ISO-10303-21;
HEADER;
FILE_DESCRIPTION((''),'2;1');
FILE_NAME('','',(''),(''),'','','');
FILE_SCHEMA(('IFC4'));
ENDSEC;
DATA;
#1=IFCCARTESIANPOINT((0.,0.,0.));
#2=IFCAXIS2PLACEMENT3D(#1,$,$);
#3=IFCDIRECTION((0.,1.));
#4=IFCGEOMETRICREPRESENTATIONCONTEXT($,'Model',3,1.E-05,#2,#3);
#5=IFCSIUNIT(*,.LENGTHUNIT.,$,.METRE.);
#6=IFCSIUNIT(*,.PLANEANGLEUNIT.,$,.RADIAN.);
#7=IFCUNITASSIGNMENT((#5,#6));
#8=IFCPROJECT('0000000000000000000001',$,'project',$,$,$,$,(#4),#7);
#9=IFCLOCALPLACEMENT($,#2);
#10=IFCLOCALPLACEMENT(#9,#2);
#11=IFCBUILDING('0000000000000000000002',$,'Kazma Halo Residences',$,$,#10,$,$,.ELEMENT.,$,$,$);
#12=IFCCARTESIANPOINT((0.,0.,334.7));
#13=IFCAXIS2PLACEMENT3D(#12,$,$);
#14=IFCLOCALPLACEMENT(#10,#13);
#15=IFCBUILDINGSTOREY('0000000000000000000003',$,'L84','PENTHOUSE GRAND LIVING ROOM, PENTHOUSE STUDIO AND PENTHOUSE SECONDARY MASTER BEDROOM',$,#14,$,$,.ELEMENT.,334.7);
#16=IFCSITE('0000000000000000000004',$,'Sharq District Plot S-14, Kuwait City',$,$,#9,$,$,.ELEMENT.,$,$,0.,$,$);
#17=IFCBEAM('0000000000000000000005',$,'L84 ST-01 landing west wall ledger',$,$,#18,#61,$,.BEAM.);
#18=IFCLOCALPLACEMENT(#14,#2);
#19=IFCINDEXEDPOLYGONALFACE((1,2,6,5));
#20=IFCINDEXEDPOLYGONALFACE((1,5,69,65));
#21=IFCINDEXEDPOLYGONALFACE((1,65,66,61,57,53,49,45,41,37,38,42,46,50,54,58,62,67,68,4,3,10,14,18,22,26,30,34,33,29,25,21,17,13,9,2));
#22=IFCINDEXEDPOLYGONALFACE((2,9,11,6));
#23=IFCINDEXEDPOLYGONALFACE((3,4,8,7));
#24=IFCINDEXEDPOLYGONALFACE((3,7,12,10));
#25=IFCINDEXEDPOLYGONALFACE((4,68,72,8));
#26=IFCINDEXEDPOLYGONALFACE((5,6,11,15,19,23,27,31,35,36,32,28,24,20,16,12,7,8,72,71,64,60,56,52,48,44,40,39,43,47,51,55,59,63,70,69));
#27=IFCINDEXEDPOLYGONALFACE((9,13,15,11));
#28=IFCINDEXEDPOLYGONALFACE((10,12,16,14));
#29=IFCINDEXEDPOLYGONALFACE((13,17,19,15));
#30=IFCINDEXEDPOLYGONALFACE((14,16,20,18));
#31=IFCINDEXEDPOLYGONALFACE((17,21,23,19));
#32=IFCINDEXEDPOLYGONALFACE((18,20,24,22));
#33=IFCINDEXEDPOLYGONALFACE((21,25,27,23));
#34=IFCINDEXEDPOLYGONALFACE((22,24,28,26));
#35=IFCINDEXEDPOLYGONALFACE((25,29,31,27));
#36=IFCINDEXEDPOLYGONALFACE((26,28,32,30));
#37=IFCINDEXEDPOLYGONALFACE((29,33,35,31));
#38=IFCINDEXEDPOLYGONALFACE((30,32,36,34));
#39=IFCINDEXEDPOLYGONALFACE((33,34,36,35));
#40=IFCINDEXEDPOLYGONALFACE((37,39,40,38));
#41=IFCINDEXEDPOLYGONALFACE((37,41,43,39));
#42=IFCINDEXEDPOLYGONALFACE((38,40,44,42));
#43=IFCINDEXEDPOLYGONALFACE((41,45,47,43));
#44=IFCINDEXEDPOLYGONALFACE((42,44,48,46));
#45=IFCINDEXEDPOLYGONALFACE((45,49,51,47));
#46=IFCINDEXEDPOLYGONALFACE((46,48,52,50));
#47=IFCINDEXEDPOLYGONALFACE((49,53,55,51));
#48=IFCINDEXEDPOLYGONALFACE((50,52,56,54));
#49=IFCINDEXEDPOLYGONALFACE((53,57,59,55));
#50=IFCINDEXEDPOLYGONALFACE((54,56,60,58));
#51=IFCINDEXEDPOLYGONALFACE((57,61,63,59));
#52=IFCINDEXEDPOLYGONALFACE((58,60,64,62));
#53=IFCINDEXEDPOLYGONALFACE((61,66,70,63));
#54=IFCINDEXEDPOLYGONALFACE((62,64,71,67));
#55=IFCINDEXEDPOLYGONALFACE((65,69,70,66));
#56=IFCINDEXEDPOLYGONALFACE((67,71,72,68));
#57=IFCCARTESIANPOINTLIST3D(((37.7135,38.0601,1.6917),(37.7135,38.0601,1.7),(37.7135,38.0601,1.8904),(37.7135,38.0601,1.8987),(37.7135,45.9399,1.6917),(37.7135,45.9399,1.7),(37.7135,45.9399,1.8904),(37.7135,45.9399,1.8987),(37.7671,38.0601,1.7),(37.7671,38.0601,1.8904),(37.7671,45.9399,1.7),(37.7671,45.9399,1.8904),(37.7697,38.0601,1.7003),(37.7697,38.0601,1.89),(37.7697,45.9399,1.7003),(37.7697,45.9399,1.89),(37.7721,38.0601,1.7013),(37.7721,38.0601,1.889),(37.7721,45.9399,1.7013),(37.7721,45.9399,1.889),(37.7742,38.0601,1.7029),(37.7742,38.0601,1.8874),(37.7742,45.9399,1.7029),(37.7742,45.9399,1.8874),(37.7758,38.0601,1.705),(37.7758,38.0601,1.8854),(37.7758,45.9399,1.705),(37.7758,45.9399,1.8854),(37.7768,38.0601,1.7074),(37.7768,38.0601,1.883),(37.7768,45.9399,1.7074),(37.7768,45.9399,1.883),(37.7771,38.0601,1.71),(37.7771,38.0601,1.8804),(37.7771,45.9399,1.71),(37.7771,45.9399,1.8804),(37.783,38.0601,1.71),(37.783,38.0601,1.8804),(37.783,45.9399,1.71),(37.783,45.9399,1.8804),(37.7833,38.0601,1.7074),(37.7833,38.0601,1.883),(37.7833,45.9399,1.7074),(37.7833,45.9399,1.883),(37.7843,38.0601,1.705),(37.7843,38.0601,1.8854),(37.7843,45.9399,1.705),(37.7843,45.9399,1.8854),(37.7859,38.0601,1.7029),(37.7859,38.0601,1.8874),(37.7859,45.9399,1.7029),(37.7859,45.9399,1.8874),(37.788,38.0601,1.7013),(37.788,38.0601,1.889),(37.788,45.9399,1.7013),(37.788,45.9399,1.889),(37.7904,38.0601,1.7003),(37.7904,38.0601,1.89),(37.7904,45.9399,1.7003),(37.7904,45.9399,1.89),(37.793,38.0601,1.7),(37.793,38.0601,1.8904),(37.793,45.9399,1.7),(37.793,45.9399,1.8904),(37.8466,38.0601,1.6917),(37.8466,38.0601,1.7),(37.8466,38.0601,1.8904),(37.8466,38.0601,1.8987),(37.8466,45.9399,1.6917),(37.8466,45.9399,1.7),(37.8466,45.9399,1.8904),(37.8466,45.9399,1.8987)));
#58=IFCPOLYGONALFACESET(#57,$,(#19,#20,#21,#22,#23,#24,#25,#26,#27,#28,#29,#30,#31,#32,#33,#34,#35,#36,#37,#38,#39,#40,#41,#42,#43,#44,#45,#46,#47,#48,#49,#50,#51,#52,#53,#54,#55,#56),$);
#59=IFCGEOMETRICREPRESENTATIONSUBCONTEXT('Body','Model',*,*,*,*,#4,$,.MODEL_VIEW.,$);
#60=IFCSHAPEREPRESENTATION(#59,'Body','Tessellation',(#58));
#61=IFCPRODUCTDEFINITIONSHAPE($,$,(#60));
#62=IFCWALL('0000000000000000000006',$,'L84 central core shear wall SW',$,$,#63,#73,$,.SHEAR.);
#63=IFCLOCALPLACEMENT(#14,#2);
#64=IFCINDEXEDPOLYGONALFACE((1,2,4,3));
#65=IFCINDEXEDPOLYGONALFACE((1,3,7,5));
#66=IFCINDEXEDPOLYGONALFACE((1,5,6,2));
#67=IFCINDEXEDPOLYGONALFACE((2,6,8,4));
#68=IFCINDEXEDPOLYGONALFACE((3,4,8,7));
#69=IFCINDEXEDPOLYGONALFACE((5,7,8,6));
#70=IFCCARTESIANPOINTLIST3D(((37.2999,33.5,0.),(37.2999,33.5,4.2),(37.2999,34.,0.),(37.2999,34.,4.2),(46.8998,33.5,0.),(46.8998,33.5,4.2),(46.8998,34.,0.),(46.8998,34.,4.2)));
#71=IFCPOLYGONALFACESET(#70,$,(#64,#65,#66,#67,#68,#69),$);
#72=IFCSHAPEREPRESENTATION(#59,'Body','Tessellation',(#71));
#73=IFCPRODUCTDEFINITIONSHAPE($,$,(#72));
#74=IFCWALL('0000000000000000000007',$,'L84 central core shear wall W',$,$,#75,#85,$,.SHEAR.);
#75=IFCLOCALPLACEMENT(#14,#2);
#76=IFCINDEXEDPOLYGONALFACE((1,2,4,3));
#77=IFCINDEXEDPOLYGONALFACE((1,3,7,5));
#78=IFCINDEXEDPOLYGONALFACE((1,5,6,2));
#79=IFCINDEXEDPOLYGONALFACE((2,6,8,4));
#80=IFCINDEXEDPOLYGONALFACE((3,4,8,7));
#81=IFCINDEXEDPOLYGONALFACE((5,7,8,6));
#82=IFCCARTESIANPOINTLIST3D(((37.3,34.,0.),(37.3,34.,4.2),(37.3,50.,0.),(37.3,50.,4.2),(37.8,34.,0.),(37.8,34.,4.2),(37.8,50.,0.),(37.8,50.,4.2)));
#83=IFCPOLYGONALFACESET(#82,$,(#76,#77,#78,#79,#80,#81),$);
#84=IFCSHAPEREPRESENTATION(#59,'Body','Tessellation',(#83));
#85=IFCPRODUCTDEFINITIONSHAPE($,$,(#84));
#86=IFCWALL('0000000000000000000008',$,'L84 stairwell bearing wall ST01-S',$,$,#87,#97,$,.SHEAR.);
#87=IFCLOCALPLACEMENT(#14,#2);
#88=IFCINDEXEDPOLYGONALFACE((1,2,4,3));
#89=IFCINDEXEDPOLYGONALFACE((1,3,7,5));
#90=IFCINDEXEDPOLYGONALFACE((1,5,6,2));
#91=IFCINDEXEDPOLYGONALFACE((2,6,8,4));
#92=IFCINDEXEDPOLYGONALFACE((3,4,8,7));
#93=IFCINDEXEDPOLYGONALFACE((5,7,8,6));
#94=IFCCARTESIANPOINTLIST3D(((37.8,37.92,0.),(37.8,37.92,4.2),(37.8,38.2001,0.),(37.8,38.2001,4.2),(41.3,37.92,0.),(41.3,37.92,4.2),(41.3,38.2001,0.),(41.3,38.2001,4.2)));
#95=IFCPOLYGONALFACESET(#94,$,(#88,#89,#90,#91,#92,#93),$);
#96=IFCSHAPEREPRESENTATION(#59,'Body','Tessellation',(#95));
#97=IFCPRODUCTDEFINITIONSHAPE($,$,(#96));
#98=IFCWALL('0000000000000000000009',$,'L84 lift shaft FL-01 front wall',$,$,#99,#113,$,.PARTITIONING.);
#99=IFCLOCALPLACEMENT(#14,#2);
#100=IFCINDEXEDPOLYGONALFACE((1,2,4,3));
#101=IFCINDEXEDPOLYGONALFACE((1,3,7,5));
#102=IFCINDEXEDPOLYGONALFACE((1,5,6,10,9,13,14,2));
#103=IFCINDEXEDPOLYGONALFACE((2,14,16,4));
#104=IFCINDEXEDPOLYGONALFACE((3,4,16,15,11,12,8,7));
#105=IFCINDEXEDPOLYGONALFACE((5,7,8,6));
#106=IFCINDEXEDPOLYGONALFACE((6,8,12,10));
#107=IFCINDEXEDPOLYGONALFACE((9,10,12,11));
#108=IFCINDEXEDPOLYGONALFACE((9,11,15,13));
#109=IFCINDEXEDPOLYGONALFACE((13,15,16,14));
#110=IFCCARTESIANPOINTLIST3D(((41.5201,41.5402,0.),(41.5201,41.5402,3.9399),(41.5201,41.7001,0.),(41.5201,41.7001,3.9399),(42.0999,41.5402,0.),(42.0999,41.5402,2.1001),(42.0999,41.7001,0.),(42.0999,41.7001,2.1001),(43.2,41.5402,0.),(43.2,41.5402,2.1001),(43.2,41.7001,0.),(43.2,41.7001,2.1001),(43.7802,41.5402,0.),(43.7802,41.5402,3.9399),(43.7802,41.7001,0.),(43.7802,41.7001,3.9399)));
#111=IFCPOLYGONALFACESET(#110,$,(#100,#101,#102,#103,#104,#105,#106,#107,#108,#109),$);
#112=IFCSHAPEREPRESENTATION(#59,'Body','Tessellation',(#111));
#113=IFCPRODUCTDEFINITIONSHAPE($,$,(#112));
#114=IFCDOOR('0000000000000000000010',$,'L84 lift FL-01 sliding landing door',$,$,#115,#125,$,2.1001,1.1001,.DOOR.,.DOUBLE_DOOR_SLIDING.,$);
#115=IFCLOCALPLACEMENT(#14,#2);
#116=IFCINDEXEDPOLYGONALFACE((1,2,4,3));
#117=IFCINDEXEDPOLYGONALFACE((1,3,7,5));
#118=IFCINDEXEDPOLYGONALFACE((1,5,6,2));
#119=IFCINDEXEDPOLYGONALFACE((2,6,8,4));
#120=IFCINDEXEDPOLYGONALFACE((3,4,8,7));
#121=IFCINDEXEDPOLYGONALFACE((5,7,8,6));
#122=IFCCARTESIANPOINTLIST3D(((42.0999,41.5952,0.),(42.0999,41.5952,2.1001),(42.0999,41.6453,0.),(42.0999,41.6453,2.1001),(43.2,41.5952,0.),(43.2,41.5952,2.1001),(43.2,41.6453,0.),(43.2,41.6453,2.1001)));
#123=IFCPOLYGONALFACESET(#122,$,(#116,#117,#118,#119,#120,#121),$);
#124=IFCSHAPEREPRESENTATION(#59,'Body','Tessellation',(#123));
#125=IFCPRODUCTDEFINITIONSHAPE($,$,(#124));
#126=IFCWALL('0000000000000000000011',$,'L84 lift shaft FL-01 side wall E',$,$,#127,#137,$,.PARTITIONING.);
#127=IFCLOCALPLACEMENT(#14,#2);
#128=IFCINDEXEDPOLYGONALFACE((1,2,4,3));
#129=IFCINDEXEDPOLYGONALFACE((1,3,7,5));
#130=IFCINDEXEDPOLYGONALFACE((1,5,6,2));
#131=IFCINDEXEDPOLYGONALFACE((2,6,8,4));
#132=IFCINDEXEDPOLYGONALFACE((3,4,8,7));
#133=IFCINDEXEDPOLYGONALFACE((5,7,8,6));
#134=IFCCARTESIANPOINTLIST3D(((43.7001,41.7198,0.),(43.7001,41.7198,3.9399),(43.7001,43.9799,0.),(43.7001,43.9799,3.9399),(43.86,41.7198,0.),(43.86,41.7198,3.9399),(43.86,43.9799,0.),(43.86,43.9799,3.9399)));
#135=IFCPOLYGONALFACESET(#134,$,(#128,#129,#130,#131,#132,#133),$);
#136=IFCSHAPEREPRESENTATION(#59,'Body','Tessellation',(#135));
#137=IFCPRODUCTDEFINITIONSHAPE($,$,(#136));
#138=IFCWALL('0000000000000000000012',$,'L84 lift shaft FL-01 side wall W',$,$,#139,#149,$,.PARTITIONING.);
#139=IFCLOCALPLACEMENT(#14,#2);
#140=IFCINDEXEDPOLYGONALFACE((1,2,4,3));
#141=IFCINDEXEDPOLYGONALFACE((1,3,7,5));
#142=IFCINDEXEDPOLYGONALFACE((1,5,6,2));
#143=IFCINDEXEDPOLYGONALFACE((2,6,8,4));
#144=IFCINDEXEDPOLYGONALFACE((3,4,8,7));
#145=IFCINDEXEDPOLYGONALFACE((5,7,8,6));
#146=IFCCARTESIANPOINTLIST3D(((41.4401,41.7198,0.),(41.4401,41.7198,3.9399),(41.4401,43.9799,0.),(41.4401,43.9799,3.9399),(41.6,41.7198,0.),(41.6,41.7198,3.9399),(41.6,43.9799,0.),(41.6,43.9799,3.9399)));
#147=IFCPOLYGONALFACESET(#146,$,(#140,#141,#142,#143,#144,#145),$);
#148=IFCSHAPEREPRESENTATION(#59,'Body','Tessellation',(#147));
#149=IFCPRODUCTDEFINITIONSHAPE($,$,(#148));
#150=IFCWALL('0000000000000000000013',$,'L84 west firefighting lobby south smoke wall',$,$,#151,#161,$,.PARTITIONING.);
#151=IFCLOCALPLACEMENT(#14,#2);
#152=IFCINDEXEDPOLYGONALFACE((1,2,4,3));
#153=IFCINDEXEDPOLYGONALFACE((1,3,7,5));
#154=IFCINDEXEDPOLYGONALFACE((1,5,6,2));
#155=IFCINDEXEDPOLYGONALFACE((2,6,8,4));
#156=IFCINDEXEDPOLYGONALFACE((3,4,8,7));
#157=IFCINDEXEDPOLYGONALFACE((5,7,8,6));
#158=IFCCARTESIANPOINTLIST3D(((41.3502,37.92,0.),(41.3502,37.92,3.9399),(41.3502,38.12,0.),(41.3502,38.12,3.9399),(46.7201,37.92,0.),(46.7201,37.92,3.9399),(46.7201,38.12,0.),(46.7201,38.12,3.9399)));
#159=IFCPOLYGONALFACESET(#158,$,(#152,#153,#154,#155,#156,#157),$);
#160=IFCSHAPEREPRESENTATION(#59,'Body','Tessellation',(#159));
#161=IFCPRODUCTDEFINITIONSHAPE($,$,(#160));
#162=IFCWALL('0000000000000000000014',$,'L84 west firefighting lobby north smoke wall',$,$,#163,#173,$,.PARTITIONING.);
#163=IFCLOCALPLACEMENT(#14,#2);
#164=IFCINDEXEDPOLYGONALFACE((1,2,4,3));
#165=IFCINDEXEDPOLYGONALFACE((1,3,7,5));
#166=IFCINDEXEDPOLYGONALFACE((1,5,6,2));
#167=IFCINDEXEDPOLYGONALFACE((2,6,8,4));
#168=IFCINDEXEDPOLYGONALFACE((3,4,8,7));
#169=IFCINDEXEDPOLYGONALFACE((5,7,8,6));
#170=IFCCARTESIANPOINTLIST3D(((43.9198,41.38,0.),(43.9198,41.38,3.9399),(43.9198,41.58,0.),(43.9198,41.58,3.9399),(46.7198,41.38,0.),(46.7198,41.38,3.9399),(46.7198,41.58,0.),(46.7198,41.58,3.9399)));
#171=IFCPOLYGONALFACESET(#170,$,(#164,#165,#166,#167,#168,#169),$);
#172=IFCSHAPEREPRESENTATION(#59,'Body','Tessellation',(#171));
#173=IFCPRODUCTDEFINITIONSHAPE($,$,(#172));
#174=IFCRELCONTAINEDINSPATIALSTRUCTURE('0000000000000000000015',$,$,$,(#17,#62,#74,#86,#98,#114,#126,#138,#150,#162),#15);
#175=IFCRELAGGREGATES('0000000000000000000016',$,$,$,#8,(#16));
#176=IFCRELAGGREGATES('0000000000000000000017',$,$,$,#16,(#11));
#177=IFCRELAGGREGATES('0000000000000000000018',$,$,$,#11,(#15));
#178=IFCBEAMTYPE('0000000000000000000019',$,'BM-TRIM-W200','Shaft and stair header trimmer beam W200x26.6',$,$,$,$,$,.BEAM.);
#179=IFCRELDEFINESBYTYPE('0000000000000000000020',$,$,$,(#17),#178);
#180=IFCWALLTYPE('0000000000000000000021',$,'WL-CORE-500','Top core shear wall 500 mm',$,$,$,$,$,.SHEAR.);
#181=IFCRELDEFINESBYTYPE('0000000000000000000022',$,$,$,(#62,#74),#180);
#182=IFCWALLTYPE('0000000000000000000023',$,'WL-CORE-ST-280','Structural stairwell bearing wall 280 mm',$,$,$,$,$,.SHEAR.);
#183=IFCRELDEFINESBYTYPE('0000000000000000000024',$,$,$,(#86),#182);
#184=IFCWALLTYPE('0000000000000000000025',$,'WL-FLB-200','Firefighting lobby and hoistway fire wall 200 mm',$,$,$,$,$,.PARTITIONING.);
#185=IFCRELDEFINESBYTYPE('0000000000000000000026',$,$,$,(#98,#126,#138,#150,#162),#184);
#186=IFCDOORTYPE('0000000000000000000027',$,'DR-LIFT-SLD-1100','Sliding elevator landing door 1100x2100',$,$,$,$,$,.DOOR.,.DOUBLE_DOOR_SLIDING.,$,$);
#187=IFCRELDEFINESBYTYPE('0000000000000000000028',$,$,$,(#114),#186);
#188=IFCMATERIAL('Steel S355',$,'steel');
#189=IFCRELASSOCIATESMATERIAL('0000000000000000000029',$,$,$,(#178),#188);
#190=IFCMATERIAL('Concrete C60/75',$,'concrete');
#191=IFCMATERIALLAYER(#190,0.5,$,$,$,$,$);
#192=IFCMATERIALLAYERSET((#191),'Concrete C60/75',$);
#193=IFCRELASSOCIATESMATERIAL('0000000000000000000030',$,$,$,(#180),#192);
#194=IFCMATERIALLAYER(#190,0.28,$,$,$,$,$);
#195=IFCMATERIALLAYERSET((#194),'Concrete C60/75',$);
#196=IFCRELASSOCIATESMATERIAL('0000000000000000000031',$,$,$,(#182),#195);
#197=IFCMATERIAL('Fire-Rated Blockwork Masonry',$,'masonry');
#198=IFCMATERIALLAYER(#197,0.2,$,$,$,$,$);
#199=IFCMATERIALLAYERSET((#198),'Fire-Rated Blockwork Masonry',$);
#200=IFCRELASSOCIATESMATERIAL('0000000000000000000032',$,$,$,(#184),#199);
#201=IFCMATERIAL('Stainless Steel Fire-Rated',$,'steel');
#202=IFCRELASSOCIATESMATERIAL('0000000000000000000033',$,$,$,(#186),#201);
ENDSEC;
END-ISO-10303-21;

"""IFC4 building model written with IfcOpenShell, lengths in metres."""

from ifc_helpers import new_model, si_unit, direction, frame, frame_2d, origin, origin_2d, place, context, subcontext, project, spatial, rectangle, i_section, extrude, material, layer, layer_set, material_profile, profile_set, type_object, element, fill, save


model = new_model("IFC4")

# Units and contexts
model_context = context("Model", 3, precision=1e-05, world=origin(), true_north=direction((0.0, 1.0)))
body_context = subcontext(model_context, "Body", "Model", "MODEL_VIEW")
ifc_project = project(units=[si_unit("LENGTHUNIT", "METRE"), si_unit("PLANEANGLEUNIT", "RADIAN")], contexts=[model_context])

# Site, building, storey
site_placement = place(None, origin())
site = spatial("IfcSite", under=ifc_project, at=site_placement, Name="Sharq District Plot S-14, Kuwait City", CompositionType="ELEMENT", RefElevation=0.0)
building_placement = place(site_placement, origin())
building = spatial("IfcBuilding", under=site, at=building_placement, Name="Kazma Halo Residences", CompositionType="ELEMENT")
storey_placement = place(building_placement, frame((0.0, 0.0, 334.7)))
storey = spatial("IfcBuildingStorey", under=building, at=storey_placement, Name="L84", Description="PENTHOUSE GRAND LIVING ROOM, PENTHOUSE STUDIO AND PENTHOUSE SECONDARY MASTER BEDROOM", CompositionType="ELEMENT", Elevation=334.7)

# Beam
ifc_material_1 = material(Name="Steel S355", Category="steel")
ifc_material_profile_1 = material_profile(ifc_material_1, i_section(OverallWidth=0.1331, OverallDepth=0.207, WebThickness=0.0059, FlangeThickness=0.0083, FilletRadius=0.01, at=origin_2d()), Name="W200x26.6")
ifc_profile_set_1 = profile_set([ifc_material_profile_1], Name="Steel S355")
beam_type_1 = type_object("IfcBeamType", Name="BM-TRIM-W200", Description="Shaft and stair header trimmer beam W200x26.6", PredefinedType="BEAM", material=ifc_profile_set_1)
beam_1_placement = place(storey_placement, frame((37.78, 38.0601, 1.7952), z_axis=(0.0, 1.0, 0.0), x_axis=(-1.0, 0.0, 0.0)))
element("IfcBeam", 1, at=beam_1_placement, inside=storey, type_object=beam_type_1, Name="L84 ST-01 landing west wall ledger", PredefinedType="BEAM", context=body_context, shape_type="SweptSolid", body=[
    extrude(i_section(OverallWidth=0.1331, OverallDepth=0.207, WebThickness=0.0059, FlangeThickness=0.0083, FilletRadius=0.01, at=origin_2d()), origin(), (0.0, 0.0, 1.0), 7.8799),
])

# Walls
ifc_material_2 = material(Name="Concrete C60/75", Category="concrete")
ifc_layer_1 = layer(ifc_material_2, 0.5)
ifc_layer_set_1 = layer_set([ifc_layer_1], Name="Concrete C60/75")
wall_type_1 = type_object("IfcWallType", Name="WL-CORE-500", Description="Top core shear wall 500 mm", PredefinedType="SHEAR", material=ifc_layer_set_1)
wall_1_placement = place(storey_placement, frame((37.3, 33.75, 0.0), z_axis=(0.0, 0.0, 1.0), x_axis=(1.0, 0.0, 0.0)))
element("IfcWall", 2, at=wall_1_placement, inside=storey, type_object=wall_type_1, Name="L84 central core shear wall SW", PredefinedType="SHEAR", context=body_context, shape_type="SweptSolid", body=[
    extrude(rectangle(XDim=9.5999, YDim=0.5, at=frame_2d((4.7998, 0.0))), origin(), (0.0, 0.0, 1.0), 4.2),
])
wall_2_placement = place(storey_placement, frame((37.55, 34.0, 0.0), z_axis=(0.0, 0.0, 1.0), x_axis=(0.0, 1.0, 0.0)))
element("IfcWall", 3, at=wall_2_placement, inside=storey, type_object=wall_type_1, Name="L84 central core shear wall W", PredefinedType="SHEAR", context=body_context, shape_type="SweptSolid", body=[
    extrude(rectangle(XDim=16.0, YDim=0.5, at=frame_2d((8.0, 0.0))), origin(), (0.0, 0.0, 1.0), 4.2),
])
ifc_layer_2 = layer(ifc_material_2, 0.28)
ifc_layer_set_2 = layer_set([ifc_layer_2], Name="Concrete C60/75")
wall_type_2 = type_object("IfcWallType", Name="WL-CORE-ST-280", Description="Structural stairwell bearing wall 280 mm", PredefinedType="SHEAR", material=ifc_layer_set_2)
wall_3_placement = place(storey_placement, frame((37.8, 38.0601, 0.0), z_axis=(0.0, 0.0, 1.0), x_axis=(1.0, 0.0, 0.0)))
element("IfcWall", 4, at=wall_3_placement, inside=storey, type_object=wall_type_2, Name="L84 stairwell bearing wall ST01-S", PredefinedType="SHEAR", context=body_context, shape_type="SweptSolid", body=[
    extrude(rectangle(XDim=3.5, YDim=0.28, at=frame_2d((1.75, 0.0))), origin(), (0.0, 0.0, 1.0), 4.2),
])

# Wall, opening, door
ifc_material_3 = material(Name="Fire-Rated Blockwork Masonry", Category="masonry")
ifc_layer_3 = layer(ifc_material_3, 0.2)
ifc_layer_set_3 = layer_set([ifc_layer_3], Name="Fire-Rated Blockwork Masonry")
wall_type_3 = type_object("IfcWallType", Name="WL-FLB-200", Description="Firefighting lobby and hoistway fire wall 200 mm", PredefinedType="PARTITIONING", material=ifc_layer_set_3)
wall_4_placement = place(storey_placement, frame((43.78, 41.6201, 0.0), z_axis=(0.0, 0.0, 1.0), x_axis=(-1.0, 0.0, 0.0)))
wall_4 = element("IfcWall", 5, at=wall_4_placement, inside=storey, type_object=wall_type_3, Name="L84 lift shaft FL-01 front wall", PredefinedType="PARTITIONING", context=body_context, shape_type="SweptSolid", body=[
    extrude(rectangle(XDim=2.26, YDim=0.1599, at=frame_2d((1.1299, 0.0))), origin(), (0.0, 0.0, 1.0), 3.9399),
])
opening_1_placement = place(wall_4_placement, frame((0.5801, 0.0, 0.0)))
opening_1 = element("IfcOpeningElement", 6, at=opening_1_placement, cuts=wall_4, PredefinedType="OPENING", context=body_context, shape_type="SweptSolid", body=[
    extrude(rectangle(XDim=1.1001, YDim=2.1001, at=frame_2d((0.55, 1.05))), frame((0.0, 0.0898, 0.0), z_axis=(0.0, -1.0, 0.0), x_axis=(1.0, 0.0, 0.0)), (0.0, 0.0, 1.0), 0.1799),
])
ifc_material_4 = material(Name="Stainless Steel Fire-Rated", Category="steel")
door_type_1 = type_object("IfcDoorType", Name="DR-LIFT-SLD-1100", Description="Sliding elevator landing door 1100x2100", OperationType="DOUBLE_DOOR_SLIDING", PredefinedType="DOOR", material=ifc_material_4)
door_1_placement = place(opening_1_placement, origin())
door_1 = element("IfcDoor", 7, at=door_1_placement, inside=storey, type_object=door_type_1, Name="L84 lift FL-01 sliding landing door", OperationType="DOUBLE_DOOR_SLIDING", OverallHeight=2.1001, OverallWidth=1.1001, PredefinedType="DOOR", context=body_context, shape_type="SweptSolid", body=[
    extrude(rectangle(XDim=1.1001, YDim=2.1001, at=frame_2d((0.55, 1.05))), frame((0.0, 0.0249, 0.0), z_axis=(0.0, -1.0, 0.0), x_axis=(1.0, 0.0, 0.0)), (0.0, 0.0, 1.0), 0.05),
])
fill(opening_1, door_1)

# Walls
for number, where, z_axis, x_axis, name in (
    (8, (43.78, 41.72, 0.0), (0.0, 0.0, 1.0), (0.0, 1.0, 0.0), "L84 lift shaft FL-01 side wall E"),
    (9, (41.52, 41.72, 0.0), (0.0, 0.0, 1.0), (0.0, 1.0, 0.0), "L84 lift shaft FL-01 side wall W"),
):
    element("IfcWall", number, at=place(storey_placement, frame(where, z_axis=z_axis, x_axis=x_axis)), inside=storey, type_object=wall_type_3, Name=name, PredefinedType="PARTITIONING", context=body_context, shape_type="SweptSolid", body=[
        extrude(rectangle(XDim=2.26, YDim=0.1599, at=frame_2d((1.1299, 0.0))), origin(), (0.0, 0.0, 1.0), 3.9399),
    ])
wall_5_placement = place(storey_placement, frame((41.3501, 38.02, 0.0), z_axis=(0.0, 0.0, 1.0), x_axis=(1.0, 0.0, 0.0)))
element("IfcWall", 10, at=wall_5_placement, inside=storey, type_object=wall_type_3, Name="L84 west firefighting lobby south smoke wall", PredefinedType="PARTITIONING", context=body_context, shape_type="SweptSolid", body=[
    extrude(rectangle(XDim=5.3699, YDim=0.2, at=frame_2d((2.6851, 0.0))), origin(), (0.0, 0.0, 1.0), 3.9399),
])
wall_6_placement = place(storey_placement, frame((43.9199, 41.48, 0.0), z_axis=(0.0, 0.0, 1.0), x_axis=(1.0, 0.0, 0.0)))
element("IfcWall", 11, at=wall_6_placement, inside=storey, type_object=wall_type_3, Name="L84 west firefighting lobby north smoke wall", PredefinedType="PARTITIONING", context=body_context, shape_type="SweptSolid", body=[
    extrude(rectangle(XDim=2.8, YDim=0.2, at=frame_2d((1.3999, 0.0))), origin(), (0.0, 0.0, 1.0), 3.9399),
])

save(model, "model.ifc")
